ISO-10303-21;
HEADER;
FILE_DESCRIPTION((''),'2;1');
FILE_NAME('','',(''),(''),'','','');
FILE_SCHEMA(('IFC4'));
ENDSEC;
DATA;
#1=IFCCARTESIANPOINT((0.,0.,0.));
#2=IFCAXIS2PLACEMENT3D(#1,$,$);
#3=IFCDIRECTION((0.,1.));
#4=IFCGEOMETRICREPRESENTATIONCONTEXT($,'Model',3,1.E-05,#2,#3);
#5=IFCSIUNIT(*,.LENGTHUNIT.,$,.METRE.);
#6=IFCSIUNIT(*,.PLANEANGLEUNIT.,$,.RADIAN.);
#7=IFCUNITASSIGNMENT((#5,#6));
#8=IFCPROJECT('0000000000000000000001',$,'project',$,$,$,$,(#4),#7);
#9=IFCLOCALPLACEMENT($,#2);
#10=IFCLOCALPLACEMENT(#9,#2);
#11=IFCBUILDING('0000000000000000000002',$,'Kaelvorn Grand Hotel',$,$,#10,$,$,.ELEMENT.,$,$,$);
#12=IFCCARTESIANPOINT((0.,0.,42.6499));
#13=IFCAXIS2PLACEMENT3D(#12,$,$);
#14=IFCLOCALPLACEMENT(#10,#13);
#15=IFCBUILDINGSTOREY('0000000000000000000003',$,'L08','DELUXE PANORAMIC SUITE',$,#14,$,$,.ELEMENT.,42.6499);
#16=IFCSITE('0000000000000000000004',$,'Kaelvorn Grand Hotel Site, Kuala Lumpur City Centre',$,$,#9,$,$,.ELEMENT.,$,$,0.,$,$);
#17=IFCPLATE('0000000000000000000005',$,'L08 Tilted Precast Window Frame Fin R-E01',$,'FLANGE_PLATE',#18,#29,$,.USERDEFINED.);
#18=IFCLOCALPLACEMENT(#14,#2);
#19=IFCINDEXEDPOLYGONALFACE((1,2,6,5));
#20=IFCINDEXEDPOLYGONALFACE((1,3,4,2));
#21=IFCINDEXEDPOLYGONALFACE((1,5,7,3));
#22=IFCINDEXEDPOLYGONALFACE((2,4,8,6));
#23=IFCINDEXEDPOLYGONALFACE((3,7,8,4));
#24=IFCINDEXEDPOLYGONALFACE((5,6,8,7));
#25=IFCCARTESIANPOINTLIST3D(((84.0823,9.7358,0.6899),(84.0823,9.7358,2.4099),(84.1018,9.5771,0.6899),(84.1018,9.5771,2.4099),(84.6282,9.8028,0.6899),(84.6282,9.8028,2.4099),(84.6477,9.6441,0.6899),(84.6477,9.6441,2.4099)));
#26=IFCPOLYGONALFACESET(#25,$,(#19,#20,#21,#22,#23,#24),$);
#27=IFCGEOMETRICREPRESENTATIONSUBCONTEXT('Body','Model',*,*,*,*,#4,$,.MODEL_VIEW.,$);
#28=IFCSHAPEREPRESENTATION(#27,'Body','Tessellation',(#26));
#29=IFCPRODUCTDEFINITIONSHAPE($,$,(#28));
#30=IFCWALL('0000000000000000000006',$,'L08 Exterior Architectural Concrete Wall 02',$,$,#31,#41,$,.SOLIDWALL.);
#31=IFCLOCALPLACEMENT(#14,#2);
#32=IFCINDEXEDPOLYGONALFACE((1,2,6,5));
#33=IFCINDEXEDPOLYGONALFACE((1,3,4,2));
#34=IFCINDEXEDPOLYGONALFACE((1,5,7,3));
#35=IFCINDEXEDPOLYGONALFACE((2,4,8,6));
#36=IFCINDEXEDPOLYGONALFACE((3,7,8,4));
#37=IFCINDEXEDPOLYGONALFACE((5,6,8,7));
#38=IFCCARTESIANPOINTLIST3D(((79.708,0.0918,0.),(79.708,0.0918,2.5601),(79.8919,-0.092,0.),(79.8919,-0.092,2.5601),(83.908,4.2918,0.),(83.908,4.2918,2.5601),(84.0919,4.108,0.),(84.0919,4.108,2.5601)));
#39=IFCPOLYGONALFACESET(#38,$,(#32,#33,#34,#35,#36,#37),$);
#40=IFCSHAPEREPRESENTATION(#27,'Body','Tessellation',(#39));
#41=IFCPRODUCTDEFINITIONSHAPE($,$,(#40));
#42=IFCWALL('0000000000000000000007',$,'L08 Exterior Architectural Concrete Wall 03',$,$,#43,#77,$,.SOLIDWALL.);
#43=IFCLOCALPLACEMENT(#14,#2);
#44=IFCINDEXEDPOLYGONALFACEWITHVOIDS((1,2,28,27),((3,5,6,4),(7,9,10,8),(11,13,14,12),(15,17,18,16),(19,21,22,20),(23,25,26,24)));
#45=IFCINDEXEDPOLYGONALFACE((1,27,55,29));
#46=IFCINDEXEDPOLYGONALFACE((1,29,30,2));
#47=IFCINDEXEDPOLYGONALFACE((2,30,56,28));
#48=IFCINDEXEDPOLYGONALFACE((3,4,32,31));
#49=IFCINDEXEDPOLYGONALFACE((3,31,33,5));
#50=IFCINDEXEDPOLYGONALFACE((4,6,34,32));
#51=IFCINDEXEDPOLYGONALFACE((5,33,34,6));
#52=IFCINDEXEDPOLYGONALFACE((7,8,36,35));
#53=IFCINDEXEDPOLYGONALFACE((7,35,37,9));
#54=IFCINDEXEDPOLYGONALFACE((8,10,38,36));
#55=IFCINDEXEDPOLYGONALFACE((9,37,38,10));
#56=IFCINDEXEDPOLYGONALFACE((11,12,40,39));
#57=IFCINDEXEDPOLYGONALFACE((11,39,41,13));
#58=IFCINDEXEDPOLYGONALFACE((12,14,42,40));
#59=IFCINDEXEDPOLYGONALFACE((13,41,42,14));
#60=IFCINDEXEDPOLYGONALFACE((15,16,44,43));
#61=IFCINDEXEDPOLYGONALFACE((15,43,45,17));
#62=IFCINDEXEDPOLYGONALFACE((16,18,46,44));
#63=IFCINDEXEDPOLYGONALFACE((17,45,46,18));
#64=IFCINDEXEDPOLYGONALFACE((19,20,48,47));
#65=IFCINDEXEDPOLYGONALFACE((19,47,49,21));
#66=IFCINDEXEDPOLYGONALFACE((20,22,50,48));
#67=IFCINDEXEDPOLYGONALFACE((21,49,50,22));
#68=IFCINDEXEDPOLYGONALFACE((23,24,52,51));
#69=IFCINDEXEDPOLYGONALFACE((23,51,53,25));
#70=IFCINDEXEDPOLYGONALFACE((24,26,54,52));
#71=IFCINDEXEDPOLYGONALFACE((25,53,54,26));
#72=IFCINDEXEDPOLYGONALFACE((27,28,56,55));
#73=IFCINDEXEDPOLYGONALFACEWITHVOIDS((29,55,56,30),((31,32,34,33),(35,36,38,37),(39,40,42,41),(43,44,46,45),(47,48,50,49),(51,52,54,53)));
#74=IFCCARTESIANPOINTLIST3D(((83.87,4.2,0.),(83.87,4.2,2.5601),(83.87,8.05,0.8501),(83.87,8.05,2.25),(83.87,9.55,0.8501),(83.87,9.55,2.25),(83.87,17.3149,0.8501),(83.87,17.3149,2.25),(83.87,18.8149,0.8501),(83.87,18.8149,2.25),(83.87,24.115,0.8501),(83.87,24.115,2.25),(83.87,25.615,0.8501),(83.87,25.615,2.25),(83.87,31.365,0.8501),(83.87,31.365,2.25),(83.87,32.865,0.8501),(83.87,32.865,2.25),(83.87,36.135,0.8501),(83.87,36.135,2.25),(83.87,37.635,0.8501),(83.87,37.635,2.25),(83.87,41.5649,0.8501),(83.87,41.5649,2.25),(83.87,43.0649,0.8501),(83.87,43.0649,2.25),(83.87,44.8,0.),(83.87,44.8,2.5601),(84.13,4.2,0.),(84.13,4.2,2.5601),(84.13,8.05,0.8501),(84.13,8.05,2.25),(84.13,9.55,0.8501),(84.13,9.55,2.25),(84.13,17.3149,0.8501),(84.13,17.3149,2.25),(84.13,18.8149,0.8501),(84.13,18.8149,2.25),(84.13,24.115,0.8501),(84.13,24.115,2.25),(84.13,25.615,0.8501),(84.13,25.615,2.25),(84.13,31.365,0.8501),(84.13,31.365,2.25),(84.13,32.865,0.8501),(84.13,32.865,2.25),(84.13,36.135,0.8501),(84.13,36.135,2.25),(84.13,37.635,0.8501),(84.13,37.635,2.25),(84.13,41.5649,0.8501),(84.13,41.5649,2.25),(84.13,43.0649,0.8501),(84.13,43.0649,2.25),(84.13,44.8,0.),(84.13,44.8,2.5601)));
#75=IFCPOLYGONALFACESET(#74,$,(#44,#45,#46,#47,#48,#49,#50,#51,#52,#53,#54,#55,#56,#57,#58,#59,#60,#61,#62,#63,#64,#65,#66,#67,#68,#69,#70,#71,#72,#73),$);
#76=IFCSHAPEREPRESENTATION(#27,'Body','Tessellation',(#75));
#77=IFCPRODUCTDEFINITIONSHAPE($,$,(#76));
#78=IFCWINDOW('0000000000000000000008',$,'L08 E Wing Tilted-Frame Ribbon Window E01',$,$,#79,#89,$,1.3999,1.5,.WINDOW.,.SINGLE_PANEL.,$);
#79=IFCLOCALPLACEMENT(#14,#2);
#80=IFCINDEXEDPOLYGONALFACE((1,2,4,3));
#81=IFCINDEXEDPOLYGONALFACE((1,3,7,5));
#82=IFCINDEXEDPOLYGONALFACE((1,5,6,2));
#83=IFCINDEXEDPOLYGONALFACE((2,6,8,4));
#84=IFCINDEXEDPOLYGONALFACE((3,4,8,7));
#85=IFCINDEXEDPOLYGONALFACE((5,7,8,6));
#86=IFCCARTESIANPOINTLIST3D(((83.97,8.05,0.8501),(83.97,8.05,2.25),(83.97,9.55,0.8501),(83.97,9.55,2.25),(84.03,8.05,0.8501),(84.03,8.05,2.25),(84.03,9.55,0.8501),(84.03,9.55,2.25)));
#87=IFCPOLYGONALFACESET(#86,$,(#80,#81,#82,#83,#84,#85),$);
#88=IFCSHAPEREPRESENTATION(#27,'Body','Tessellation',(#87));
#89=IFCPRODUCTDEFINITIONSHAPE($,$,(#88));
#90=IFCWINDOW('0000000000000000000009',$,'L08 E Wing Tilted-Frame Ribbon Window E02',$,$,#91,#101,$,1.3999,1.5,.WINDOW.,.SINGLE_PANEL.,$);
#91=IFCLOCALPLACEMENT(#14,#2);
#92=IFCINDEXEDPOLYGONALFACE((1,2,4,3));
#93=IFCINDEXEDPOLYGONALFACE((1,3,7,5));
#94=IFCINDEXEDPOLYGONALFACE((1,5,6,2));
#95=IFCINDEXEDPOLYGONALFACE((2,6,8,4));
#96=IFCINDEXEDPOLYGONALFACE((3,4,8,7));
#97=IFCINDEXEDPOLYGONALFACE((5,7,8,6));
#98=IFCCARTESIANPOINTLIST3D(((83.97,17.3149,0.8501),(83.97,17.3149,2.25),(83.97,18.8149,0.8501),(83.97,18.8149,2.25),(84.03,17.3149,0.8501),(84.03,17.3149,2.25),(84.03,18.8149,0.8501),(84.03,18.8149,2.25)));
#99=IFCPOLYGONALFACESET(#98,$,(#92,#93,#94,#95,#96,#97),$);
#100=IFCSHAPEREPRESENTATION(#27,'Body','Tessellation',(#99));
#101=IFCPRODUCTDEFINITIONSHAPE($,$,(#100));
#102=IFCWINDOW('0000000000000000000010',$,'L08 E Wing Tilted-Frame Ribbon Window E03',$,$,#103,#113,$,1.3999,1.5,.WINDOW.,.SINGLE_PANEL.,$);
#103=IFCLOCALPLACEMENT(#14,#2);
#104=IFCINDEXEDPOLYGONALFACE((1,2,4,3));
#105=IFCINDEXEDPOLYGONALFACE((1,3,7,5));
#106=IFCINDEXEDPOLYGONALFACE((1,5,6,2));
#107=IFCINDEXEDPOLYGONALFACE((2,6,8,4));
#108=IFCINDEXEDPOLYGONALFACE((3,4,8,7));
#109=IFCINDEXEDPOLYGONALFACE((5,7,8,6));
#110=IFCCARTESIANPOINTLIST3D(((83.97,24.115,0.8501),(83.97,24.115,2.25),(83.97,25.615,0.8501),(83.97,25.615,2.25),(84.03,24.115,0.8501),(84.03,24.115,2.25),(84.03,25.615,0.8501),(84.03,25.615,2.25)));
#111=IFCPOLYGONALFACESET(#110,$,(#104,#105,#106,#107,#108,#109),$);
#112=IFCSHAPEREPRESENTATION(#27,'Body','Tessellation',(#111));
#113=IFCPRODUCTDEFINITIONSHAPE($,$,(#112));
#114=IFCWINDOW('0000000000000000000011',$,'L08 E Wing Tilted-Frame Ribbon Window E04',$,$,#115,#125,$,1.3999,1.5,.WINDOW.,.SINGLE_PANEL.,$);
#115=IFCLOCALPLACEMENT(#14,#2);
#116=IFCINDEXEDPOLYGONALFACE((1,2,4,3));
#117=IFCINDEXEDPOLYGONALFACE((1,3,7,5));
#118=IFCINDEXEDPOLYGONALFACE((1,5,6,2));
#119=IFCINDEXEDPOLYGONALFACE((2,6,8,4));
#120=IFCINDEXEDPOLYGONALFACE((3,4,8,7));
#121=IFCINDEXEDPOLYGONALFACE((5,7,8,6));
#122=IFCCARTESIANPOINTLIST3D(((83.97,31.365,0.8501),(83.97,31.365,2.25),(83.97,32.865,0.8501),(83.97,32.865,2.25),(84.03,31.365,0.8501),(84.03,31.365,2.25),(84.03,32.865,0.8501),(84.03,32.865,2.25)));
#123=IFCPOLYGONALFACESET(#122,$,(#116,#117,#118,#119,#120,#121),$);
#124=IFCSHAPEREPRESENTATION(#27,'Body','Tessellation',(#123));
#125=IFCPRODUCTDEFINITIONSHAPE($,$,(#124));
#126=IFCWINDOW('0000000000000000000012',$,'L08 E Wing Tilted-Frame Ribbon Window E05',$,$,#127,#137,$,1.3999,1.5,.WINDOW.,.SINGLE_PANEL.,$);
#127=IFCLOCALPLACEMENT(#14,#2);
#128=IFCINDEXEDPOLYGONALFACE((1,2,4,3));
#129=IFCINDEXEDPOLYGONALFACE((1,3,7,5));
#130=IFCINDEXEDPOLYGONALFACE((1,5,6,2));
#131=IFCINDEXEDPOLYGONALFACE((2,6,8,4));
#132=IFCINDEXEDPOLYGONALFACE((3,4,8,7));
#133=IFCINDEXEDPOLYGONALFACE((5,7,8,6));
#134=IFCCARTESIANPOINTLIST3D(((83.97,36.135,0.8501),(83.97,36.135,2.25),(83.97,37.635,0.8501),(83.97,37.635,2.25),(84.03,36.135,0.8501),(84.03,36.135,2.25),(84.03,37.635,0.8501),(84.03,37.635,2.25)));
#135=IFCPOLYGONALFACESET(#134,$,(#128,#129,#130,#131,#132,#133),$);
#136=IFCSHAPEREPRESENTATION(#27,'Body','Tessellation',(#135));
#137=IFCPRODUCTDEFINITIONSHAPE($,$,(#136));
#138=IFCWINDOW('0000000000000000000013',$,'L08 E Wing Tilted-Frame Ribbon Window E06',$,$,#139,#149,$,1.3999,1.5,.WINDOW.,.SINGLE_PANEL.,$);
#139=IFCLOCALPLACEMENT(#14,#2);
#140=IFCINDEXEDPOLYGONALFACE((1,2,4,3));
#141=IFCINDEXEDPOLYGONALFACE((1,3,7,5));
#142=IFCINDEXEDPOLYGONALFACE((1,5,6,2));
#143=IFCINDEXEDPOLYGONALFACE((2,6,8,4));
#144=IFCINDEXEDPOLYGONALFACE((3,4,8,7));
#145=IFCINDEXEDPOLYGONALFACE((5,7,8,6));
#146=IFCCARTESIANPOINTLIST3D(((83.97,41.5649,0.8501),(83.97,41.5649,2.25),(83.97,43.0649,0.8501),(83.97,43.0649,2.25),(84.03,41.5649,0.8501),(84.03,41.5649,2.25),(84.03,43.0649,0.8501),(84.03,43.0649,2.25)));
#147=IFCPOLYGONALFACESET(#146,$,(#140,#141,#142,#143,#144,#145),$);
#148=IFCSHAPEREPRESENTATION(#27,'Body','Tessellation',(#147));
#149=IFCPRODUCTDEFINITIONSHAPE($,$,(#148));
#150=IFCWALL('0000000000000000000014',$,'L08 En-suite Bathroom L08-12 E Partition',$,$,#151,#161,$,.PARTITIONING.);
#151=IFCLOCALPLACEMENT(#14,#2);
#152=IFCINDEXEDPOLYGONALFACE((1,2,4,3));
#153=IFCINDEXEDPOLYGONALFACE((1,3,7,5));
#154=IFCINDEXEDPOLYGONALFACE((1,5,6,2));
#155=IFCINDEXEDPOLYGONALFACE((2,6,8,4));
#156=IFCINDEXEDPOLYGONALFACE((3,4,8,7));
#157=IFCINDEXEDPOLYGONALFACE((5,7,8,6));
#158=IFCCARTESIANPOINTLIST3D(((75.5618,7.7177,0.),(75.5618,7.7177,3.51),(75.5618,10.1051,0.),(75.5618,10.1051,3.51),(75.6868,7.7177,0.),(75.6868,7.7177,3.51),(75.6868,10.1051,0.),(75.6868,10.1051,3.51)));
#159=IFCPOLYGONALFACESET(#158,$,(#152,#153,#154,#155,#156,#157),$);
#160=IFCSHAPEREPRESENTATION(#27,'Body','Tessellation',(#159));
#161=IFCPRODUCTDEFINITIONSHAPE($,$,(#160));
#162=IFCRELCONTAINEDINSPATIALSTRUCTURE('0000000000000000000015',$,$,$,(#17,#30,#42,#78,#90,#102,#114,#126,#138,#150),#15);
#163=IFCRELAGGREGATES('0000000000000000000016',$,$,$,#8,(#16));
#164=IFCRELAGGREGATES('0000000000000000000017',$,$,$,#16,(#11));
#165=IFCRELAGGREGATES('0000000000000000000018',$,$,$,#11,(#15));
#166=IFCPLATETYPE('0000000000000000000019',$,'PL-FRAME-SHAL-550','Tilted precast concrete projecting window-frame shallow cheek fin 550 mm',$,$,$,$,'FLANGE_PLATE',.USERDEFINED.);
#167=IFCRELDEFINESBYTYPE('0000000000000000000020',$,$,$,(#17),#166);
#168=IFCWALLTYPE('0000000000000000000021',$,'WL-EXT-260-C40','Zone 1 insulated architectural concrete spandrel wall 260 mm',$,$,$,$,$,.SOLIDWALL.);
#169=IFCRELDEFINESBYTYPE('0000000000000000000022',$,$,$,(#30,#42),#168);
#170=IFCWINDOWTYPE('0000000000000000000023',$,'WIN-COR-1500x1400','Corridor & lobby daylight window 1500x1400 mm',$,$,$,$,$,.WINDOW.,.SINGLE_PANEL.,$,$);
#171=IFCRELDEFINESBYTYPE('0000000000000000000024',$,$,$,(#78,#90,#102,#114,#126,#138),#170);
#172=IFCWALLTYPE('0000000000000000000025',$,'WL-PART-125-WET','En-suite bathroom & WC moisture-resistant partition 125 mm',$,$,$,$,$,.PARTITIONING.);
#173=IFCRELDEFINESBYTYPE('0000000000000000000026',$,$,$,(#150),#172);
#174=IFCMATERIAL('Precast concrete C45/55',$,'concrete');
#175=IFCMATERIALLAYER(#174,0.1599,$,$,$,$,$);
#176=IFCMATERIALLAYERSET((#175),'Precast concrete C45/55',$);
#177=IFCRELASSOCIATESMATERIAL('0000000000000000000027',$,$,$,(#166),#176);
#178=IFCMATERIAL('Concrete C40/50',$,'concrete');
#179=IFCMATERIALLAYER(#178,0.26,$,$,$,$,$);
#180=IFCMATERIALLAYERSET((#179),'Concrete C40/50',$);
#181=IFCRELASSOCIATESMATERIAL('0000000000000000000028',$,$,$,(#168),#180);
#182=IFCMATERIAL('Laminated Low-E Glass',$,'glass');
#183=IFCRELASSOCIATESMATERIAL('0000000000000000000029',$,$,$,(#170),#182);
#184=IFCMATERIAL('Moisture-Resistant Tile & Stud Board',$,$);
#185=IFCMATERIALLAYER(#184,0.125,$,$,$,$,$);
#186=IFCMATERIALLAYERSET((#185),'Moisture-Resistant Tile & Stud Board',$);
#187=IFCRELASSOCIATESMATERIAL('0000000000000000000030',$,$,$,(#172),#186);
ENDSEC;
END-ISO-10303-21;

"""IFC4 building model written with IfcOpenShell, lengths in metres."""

from ifc_helpers import new_model, si_unit, direction, frame, frame_2d, origin, origin_2d, place, context, subcontext, project, spatial, rectangle, extrude, material, layer, layer_set, type_object, element, fill, save


model = new_model("IFC4")

# Units and contexts
model_context = context("Model", 3, precision=1e-05, world=origin(), true_north=direction((0.0, 1.0)))
body_context = subcontext(model_context, "Body", "Model", "MODEL_VIEW")
ifc_project = project(units=[si_unit("LENGTHUNIT", "METRE"), si_unit("PLANEANGLEUNIT", "RADIAN")], contexts=[model_context])

# Site, building, storey
site_placement = place(None, origin())
site = spatial("IfcSite", under=ifc_project, at=site_placement, Name="Kaelvorn Grand Hotel Site, Kuala Lumpur City Centre", CompositionType="ELEMENT", RefElevation=0.0)
building_placement = place(site_placement, origin())
building = spatial("IfcBuilding", under=site, at=building_placement, Name="Kaelvorn Grand Hotel", CompositionType="ELEMENT")
storey_placement = place(building_placement, frame((0.0, 0.0, 42.6499)))
storey = spatial("IfcBuildingStorey", under=building, at=storey_placement, Name="L08", Description="DELUXE PANORAMIC SUITE", CompositionType="ELEMENT", Elevation=42.6499)

# Plate
ifc_material_1 = material(Name="Precast concrete C45/55", Category="concrete")
ifc_layer_1 = layer(ifc_material_1, 0.1599)
ifc_layer_set_1 = layer_set([ifc_layer_1], Name="Precast concrete C45/55")
plate_type_1 = type_object("IfcPlateType", Name="PL-FRAME-SHAL-550", Description="Tilted precast concrete projecting window-frame shallow cheek fin 550 mm", ElementType="FLANGE_PLATE", PredefinedType="USERDEFINED", material=ifc_layer_set_1)
plate_1_placement = place(storey_placement, frame((84.365, 9.6899, 0.6899), z_axis=(0.0, 0.0, 1.0), x_axis=(-0.121869, 0.992546, 0.0)))
element("IfcPlate", 1, at=plate_1_placement, inside=storey, type_object=plate_type_1, Name="L08 Tilted Precast Window Frame Fin R-E01", ObjectType="FLANGE_PLATE", PredefinedType="USERDEFINED", context=body_context, shape_type="SweptSolid", body=[
    extrude(rectangle(XDim=0.1599, YDim=0.55, at=origin_2d()), origin(), (0.0, 0.0, 1.0), 1.72),
])

# Wall
ifc_material_2 = material(Name="Concrete C40/50", Category="concrete")
ifc_layer_2 = layer(ifc_material_2, 0.26)
ifc_layer_set_2 = layer_set([ifc_layer_2], Name="Concrete C40/50")
wall_type_1 = type_object("IfcWallType", Name="WL-EXT-260-C40", Description="Zone 1 insulated architectural concrete spandrel wall 260 mm", PredefinedType="SOLIDWALL", material=ifc_layer_set_2)
wall_1_placement = place(storey_placement, frame((79.8, 0.0, 0.0), z_axis=(0.0, 0.0, 1.0), x_axis=(0.707107, 0.707107, 0.0)))
element("IfcWall", 2, at=wall_1_placement, inside=storey, type_object=wall_type_1, Name="L08 Exterior Architectural Concrete Wall 02", PredefinedType="SOLIDWALL", context=body_context, shape_type="SweptSolid", body=[
    extrude(rectangle(XDim=5.9397, YDim=0.26, at=frame_2d((2.9697, 0.0))), origin(), (0.0, 0.0, 1.0), 2.5601),
])

# Wall, openings, windows
wall_2_placement = place(storey_placement, frame((84.0, 4.2, 0.0), z_axis=(0.0, 0.0, 1.0), x_axis=(0.0, 1.0, 0.0)))
wall_2 = element("IfcWall", 3, at=wall_2_placement, inside=storey, type_object=wall_type_1, Name="L08 Exterior Architectural Concrete Wall 03", PredefinedType="SOLIDWALL", context=body_context, shape_type="SweptSolid", body=[
    extrude(rectangle(XDim=40.6001, YDim=0.26, at=frame_2d((20.3, 0.0))), origin(), (0.0, 0.0, 1.0), 2.5601),
])
opening_1_placement = place(wall_2_placement, frame((3.8501, 0.0, 0.8501)))
opening_1 = element("IfcOpeningElement", 4, at=opening_1_placement, cuts=wall_2, PredefinedType="OPENING", context=body_context, shape_type="SweptSolid", body=[
    extrude(rectangle(XDim=1.5, YDim=1.3999, at=frame_2d((0.75, 0.7))), frame((0.0, 0.1401, 0.0), z_axis=(0.0, -1.0, 0.0), x_axis=(1.0, 0.0, 0.0)), (0.0, 0.0, 1.0), 0.28),
])
opening_2_placement = place(wall_2_placement, frame((13.115, 0.0, 0.8501)))
opening_2 = element("IfcOpeningElement", 5, at=opening_2_placement, cuts=wall_2, PredefinedType="OPENING", context=body_context, shape_type="SweptSolid", body=[
    extrude(rectangle(XDim=1.5, YDim=1.3999, at=frame_2d((0.75, 0.7))), frame((0.0, 0.1401, 0.0), z_axis=(0.0, -1.0, 0.0), x_axis=(1.0, 0.0, 0.0)), (0.0, 0.0, 1.0), 0.28),
])
opening_3_placement = place(wall_2_placement, frame((19.915, 0.0, 0.8501)))
opening_3 = element("IfcOpeningElement", 6, at=opening_3_placement, cuts=wall_2, PredefinedType="OPENING", context=body_context, shape_type="SweptSolid", body=[
    extrude(rectangle(XDim=1.5, YDim=1.3999, at=frame_2d((0.75, 0.7))), frame((0.0, 0.1401, 0.0), z_axis=(0.0, -1.0, 0.0), x_axis=(1.0, 0.0, 0.0)), (0.0, 0.0, 1.0), 0.28),
])
opening_4_placement = place(wall_2_placement, frame((27.165, 0.0, 0.8501)))
opening_4 = element("IfcOpeningElement", 7, at=opening_4_placement, cuts=wall_2, PredefinedType="OPENING", context=body_context, shape_type="SweptSolid", body=[
    extrude(rectangle(XDim=1.5, YDim=1.3999, at=frame_2d((0.75, 0.7))), frame((0.0, 0.1401, 0.0), z_axis=(0.0, -1.0, 0.0), x_axis=(1.0, 0.0, 0.0)), (0.0, 0.0, 1.0), 0.28),
])
opening_5_placement = place(wall_2_placement, frame((31.9351, 0.0, 0.8501)))
opening_5 = element("IfcOpeningElement", 8, at=opening_5_placement, cuts=wall_2, PredefinedType="OPENING", context=body_context, shape_type="SweptSolid", body=[
    extrude(rectangle(XDim=1.5, YDim=1.3999, at=frame_2d((0.75, 0.7))), frame((0.0, 0.1401, 0.0), z_axis=(0.0, -1.0, 0.0), x_axis=(1.0, 0.0, 0.0)), (0.0, 0.0, 1.0), 0.28),
])
opening_6_placement = place(wall_2_placement, frame((37.365, 0.0, 0.8501)))
opening_6 = element("IfcOpeningElement", 9, at=opening_6_placement, cuts=wall_2, PredefinedType="OPENING", context=body_context, shape_type="SweptSolid", body=[
    extrude(rectangle(XDim=1.5, YDim=1.3999, at=frame_2d((0.75, 0.7))), frame((0.0, 0.1401, 0.0), z_axis=(0.0, -1.0, 0.0), x_axis=(1.0, 0.0, 0.0)), (0.0, 0.0, 1.0), 0.28),
])
ifc_material_3 = material(Name="Laminated Low-E Glass", Category="glass")
window_type = type_object("IfcWindowType", Name="WIN-COR-1500x1400", Description="Corridor & lobby daylight window 1500x1400 mm", PartitioningType="SINGLE_PANEL", PredefinedType="WINDOW", material=ifc_material_3)
window_1_placement = place(opening_1_placement, origin())
window_1 = element("IfcWindow", 10, at=window_1_placement, inside=storey, type_object=window_type, Name="L08 E Wing Tilted-Frame Ribbon Window E01", OverallHeight=1.3999, OverallWidth=1.5, PartitioningType="SINGLE_PANEL", PredefinedType="WINDOW", context=body_context, shape_type="SweptSolid", body=[
    extrude(rectangle(XDim=1.5, YDim=1.3999, at=frame_2d((0.75, 0.7))), frame((0.0, 0.03, 0.0), z_axis=(0.0, -1.0, 0.0), x_axis=(1.0, 0.0, 0.0)), (0.0, 0.0, 1.0), 0.0601),
])
fill(opening_1, window_1)
window_2_placement = place(opening_2_placement, origin())
window_2 = element("IfcWindow", 11, at=window_2_placement, inside=storey, type_object=window_type, Name="L08 E Wing Tilted-Frame Ribbon Window E02", OverallHeight=1.3999, OverallWidth=1.5, PartitioningType="SINGLE_PANEL", PredefinedType="WINDOW", context=body_context, shape_type="SweptSolid", body=[
    extrude(rectangle(XDim=1.5, YDim=1.3999, at=frame_2d((0.75, 0.7))), frame((0.0, 0.03, 0.0), z_axis=(0.0, -1.0, 0.0), x_axis=(1.0, 0.0, 0.0)), (0.0, 0.0, 1.0), 0.0601),
])
fill(opening_2, window_2)
window_3_placement = place(opening_3_placement, origin())
window_3 = element("IfcWindow", 12, at=window_3_placement, inside=storey, type_object=window_type, Name="L08 E Wing Tilted-Frame Ribbon Window E03", OverallHeight=1.3999, OverallWidth=1.5, PartitioningType="SINGLE_PANEL", PredefinedType="WINDOW", context=body_context, shape_type="SweptSolid", body=[
    extrude(rectangle(XDim=1.5, YDim=1.3999, at=frame_2d((0.75, 0.7))), frame((0.0, 0.03, 0.0), z_axis=(0.0, -1.0, 0.0), x_axis=(1.0, 0.0, 0.0)), (0.0, 0.0, 1.0), 0.0601),
])
fill(opening_3, window_3)
window_4_placement = place(opening_4_placement, origin())
window_4 = element("IfcWindow", 13, at=window_4_placement, inside=storey, type_object=window_type, Name="L08 E Wing Tilted-Frame Ribbon Window E04", OverallHeight=1.3999, OverallWidth=1.5, PartitioningType="SINGLE_PANEL", PredefinedType="WINDOW", context=body_context, shape_type="SweptSolid", body=[
    extrude(rectangle(XDim=1.5, YDim=1.3999, at=frame_2d((0.75, 0.7))), frame((0.0, 0.03, 0.0), z_axis=(0.0, -1.0, 0.0), x_axis=(1.0, 0.0, 0.0)), (0.0, 0.0, 1.0), 0.0601),
])
fill(opening_4, window_4)
window_5_placement = place(opening_5_placement, origin())
window_5 = element("IfcWindow", 14, at=window_5_placement, inside=storey, type_object=window_type, Name="L08 E Wing Tilted-Frame Ribbon Window E05", OverallHeight=1.3999, OverallWidth=1.5, PartitioningType="SINGLE_PANEL", PredefinedType="WINDOW", context=body_context, shape_type="SweptSolid", body=[
    extrude(rectangle(XDim=1.5, YDim=1.3999, at=frame_2d((0.75, 0.7))), frame((0.0, 0.03, 0.0), z_axis=(0.0, -1.0, 0.0), x_axis=(1.0, 0.0, 0.0)), (0.0, 0.0, 1.0), 0.0601),
])
fill(opening_5, window_5)
window_6_placement = place(opening_6_placement, origin())
window_6 = element("IfcWindow", 15, at=window_6_placement, inside=storey, type_object=window_type, Name="L08 E Wing Tilted-Frame Ribbon Window E06", OverallHeight=1.3999, OverallWidth=1.5, PartitioningType="SINGLE_PANEL", PredefinedType="WINDOW", context=body_context, shape_type="SweptSolid", body=[
    extrude(rectangle(XDim=1.5, YDim=1.3999, at=frame_2d((0.75, 0.7))), frame((0.0, 0.03, 0.0), z_axis=(0.0, -1.0, 0.0), x_axis=(1.0, 0.0, 0.0)), (0.0, 0.0, 1.0), 0.0601),
])
fill(opening_6, window_6)

# Wall
ifc_material_4 = material(Name="Moisture-Resistant Tile & Stud Board")
ifc_layer_3 = layer(ifc_material_4, 0.125)
ifc_layer_set_3 = layer_set([ifc_layer_3], Name="Moisture-Resistant Tile & Stud Board")
wall_type_2 = type_object("IfcWallType", Name="WL-PART-125-WET", Description="En-suite bathroom & WC moisture-resistant partition 125 mm", PredefinedType="PARTITIONING", material=ifc_layer_set_3)
wall_3_placement = place(storey_placement, frame((75.6243, 7.7175, 0.0), z_axis=(0.0, 0.0, 1.0), x_axis=(0.0, 1.0, 0.0)))
element("IfcWall", 16, at=wall_3_placement, inside=storey, type_object=wall_type_2, Name="L08 En-suite Bathroom L08-12 E Partition", PredefinedType="PARTITIONING", context=body_context, shape_type="SweptSolid", body=[
    extrude(rectangle(XDim=2.3875, YDim=0.125, at=frame_2d((1.1938, 0.0))), origin(), (0.0, 0.0, 1.0), 3.51),
])

save(model, "model.ifc")
